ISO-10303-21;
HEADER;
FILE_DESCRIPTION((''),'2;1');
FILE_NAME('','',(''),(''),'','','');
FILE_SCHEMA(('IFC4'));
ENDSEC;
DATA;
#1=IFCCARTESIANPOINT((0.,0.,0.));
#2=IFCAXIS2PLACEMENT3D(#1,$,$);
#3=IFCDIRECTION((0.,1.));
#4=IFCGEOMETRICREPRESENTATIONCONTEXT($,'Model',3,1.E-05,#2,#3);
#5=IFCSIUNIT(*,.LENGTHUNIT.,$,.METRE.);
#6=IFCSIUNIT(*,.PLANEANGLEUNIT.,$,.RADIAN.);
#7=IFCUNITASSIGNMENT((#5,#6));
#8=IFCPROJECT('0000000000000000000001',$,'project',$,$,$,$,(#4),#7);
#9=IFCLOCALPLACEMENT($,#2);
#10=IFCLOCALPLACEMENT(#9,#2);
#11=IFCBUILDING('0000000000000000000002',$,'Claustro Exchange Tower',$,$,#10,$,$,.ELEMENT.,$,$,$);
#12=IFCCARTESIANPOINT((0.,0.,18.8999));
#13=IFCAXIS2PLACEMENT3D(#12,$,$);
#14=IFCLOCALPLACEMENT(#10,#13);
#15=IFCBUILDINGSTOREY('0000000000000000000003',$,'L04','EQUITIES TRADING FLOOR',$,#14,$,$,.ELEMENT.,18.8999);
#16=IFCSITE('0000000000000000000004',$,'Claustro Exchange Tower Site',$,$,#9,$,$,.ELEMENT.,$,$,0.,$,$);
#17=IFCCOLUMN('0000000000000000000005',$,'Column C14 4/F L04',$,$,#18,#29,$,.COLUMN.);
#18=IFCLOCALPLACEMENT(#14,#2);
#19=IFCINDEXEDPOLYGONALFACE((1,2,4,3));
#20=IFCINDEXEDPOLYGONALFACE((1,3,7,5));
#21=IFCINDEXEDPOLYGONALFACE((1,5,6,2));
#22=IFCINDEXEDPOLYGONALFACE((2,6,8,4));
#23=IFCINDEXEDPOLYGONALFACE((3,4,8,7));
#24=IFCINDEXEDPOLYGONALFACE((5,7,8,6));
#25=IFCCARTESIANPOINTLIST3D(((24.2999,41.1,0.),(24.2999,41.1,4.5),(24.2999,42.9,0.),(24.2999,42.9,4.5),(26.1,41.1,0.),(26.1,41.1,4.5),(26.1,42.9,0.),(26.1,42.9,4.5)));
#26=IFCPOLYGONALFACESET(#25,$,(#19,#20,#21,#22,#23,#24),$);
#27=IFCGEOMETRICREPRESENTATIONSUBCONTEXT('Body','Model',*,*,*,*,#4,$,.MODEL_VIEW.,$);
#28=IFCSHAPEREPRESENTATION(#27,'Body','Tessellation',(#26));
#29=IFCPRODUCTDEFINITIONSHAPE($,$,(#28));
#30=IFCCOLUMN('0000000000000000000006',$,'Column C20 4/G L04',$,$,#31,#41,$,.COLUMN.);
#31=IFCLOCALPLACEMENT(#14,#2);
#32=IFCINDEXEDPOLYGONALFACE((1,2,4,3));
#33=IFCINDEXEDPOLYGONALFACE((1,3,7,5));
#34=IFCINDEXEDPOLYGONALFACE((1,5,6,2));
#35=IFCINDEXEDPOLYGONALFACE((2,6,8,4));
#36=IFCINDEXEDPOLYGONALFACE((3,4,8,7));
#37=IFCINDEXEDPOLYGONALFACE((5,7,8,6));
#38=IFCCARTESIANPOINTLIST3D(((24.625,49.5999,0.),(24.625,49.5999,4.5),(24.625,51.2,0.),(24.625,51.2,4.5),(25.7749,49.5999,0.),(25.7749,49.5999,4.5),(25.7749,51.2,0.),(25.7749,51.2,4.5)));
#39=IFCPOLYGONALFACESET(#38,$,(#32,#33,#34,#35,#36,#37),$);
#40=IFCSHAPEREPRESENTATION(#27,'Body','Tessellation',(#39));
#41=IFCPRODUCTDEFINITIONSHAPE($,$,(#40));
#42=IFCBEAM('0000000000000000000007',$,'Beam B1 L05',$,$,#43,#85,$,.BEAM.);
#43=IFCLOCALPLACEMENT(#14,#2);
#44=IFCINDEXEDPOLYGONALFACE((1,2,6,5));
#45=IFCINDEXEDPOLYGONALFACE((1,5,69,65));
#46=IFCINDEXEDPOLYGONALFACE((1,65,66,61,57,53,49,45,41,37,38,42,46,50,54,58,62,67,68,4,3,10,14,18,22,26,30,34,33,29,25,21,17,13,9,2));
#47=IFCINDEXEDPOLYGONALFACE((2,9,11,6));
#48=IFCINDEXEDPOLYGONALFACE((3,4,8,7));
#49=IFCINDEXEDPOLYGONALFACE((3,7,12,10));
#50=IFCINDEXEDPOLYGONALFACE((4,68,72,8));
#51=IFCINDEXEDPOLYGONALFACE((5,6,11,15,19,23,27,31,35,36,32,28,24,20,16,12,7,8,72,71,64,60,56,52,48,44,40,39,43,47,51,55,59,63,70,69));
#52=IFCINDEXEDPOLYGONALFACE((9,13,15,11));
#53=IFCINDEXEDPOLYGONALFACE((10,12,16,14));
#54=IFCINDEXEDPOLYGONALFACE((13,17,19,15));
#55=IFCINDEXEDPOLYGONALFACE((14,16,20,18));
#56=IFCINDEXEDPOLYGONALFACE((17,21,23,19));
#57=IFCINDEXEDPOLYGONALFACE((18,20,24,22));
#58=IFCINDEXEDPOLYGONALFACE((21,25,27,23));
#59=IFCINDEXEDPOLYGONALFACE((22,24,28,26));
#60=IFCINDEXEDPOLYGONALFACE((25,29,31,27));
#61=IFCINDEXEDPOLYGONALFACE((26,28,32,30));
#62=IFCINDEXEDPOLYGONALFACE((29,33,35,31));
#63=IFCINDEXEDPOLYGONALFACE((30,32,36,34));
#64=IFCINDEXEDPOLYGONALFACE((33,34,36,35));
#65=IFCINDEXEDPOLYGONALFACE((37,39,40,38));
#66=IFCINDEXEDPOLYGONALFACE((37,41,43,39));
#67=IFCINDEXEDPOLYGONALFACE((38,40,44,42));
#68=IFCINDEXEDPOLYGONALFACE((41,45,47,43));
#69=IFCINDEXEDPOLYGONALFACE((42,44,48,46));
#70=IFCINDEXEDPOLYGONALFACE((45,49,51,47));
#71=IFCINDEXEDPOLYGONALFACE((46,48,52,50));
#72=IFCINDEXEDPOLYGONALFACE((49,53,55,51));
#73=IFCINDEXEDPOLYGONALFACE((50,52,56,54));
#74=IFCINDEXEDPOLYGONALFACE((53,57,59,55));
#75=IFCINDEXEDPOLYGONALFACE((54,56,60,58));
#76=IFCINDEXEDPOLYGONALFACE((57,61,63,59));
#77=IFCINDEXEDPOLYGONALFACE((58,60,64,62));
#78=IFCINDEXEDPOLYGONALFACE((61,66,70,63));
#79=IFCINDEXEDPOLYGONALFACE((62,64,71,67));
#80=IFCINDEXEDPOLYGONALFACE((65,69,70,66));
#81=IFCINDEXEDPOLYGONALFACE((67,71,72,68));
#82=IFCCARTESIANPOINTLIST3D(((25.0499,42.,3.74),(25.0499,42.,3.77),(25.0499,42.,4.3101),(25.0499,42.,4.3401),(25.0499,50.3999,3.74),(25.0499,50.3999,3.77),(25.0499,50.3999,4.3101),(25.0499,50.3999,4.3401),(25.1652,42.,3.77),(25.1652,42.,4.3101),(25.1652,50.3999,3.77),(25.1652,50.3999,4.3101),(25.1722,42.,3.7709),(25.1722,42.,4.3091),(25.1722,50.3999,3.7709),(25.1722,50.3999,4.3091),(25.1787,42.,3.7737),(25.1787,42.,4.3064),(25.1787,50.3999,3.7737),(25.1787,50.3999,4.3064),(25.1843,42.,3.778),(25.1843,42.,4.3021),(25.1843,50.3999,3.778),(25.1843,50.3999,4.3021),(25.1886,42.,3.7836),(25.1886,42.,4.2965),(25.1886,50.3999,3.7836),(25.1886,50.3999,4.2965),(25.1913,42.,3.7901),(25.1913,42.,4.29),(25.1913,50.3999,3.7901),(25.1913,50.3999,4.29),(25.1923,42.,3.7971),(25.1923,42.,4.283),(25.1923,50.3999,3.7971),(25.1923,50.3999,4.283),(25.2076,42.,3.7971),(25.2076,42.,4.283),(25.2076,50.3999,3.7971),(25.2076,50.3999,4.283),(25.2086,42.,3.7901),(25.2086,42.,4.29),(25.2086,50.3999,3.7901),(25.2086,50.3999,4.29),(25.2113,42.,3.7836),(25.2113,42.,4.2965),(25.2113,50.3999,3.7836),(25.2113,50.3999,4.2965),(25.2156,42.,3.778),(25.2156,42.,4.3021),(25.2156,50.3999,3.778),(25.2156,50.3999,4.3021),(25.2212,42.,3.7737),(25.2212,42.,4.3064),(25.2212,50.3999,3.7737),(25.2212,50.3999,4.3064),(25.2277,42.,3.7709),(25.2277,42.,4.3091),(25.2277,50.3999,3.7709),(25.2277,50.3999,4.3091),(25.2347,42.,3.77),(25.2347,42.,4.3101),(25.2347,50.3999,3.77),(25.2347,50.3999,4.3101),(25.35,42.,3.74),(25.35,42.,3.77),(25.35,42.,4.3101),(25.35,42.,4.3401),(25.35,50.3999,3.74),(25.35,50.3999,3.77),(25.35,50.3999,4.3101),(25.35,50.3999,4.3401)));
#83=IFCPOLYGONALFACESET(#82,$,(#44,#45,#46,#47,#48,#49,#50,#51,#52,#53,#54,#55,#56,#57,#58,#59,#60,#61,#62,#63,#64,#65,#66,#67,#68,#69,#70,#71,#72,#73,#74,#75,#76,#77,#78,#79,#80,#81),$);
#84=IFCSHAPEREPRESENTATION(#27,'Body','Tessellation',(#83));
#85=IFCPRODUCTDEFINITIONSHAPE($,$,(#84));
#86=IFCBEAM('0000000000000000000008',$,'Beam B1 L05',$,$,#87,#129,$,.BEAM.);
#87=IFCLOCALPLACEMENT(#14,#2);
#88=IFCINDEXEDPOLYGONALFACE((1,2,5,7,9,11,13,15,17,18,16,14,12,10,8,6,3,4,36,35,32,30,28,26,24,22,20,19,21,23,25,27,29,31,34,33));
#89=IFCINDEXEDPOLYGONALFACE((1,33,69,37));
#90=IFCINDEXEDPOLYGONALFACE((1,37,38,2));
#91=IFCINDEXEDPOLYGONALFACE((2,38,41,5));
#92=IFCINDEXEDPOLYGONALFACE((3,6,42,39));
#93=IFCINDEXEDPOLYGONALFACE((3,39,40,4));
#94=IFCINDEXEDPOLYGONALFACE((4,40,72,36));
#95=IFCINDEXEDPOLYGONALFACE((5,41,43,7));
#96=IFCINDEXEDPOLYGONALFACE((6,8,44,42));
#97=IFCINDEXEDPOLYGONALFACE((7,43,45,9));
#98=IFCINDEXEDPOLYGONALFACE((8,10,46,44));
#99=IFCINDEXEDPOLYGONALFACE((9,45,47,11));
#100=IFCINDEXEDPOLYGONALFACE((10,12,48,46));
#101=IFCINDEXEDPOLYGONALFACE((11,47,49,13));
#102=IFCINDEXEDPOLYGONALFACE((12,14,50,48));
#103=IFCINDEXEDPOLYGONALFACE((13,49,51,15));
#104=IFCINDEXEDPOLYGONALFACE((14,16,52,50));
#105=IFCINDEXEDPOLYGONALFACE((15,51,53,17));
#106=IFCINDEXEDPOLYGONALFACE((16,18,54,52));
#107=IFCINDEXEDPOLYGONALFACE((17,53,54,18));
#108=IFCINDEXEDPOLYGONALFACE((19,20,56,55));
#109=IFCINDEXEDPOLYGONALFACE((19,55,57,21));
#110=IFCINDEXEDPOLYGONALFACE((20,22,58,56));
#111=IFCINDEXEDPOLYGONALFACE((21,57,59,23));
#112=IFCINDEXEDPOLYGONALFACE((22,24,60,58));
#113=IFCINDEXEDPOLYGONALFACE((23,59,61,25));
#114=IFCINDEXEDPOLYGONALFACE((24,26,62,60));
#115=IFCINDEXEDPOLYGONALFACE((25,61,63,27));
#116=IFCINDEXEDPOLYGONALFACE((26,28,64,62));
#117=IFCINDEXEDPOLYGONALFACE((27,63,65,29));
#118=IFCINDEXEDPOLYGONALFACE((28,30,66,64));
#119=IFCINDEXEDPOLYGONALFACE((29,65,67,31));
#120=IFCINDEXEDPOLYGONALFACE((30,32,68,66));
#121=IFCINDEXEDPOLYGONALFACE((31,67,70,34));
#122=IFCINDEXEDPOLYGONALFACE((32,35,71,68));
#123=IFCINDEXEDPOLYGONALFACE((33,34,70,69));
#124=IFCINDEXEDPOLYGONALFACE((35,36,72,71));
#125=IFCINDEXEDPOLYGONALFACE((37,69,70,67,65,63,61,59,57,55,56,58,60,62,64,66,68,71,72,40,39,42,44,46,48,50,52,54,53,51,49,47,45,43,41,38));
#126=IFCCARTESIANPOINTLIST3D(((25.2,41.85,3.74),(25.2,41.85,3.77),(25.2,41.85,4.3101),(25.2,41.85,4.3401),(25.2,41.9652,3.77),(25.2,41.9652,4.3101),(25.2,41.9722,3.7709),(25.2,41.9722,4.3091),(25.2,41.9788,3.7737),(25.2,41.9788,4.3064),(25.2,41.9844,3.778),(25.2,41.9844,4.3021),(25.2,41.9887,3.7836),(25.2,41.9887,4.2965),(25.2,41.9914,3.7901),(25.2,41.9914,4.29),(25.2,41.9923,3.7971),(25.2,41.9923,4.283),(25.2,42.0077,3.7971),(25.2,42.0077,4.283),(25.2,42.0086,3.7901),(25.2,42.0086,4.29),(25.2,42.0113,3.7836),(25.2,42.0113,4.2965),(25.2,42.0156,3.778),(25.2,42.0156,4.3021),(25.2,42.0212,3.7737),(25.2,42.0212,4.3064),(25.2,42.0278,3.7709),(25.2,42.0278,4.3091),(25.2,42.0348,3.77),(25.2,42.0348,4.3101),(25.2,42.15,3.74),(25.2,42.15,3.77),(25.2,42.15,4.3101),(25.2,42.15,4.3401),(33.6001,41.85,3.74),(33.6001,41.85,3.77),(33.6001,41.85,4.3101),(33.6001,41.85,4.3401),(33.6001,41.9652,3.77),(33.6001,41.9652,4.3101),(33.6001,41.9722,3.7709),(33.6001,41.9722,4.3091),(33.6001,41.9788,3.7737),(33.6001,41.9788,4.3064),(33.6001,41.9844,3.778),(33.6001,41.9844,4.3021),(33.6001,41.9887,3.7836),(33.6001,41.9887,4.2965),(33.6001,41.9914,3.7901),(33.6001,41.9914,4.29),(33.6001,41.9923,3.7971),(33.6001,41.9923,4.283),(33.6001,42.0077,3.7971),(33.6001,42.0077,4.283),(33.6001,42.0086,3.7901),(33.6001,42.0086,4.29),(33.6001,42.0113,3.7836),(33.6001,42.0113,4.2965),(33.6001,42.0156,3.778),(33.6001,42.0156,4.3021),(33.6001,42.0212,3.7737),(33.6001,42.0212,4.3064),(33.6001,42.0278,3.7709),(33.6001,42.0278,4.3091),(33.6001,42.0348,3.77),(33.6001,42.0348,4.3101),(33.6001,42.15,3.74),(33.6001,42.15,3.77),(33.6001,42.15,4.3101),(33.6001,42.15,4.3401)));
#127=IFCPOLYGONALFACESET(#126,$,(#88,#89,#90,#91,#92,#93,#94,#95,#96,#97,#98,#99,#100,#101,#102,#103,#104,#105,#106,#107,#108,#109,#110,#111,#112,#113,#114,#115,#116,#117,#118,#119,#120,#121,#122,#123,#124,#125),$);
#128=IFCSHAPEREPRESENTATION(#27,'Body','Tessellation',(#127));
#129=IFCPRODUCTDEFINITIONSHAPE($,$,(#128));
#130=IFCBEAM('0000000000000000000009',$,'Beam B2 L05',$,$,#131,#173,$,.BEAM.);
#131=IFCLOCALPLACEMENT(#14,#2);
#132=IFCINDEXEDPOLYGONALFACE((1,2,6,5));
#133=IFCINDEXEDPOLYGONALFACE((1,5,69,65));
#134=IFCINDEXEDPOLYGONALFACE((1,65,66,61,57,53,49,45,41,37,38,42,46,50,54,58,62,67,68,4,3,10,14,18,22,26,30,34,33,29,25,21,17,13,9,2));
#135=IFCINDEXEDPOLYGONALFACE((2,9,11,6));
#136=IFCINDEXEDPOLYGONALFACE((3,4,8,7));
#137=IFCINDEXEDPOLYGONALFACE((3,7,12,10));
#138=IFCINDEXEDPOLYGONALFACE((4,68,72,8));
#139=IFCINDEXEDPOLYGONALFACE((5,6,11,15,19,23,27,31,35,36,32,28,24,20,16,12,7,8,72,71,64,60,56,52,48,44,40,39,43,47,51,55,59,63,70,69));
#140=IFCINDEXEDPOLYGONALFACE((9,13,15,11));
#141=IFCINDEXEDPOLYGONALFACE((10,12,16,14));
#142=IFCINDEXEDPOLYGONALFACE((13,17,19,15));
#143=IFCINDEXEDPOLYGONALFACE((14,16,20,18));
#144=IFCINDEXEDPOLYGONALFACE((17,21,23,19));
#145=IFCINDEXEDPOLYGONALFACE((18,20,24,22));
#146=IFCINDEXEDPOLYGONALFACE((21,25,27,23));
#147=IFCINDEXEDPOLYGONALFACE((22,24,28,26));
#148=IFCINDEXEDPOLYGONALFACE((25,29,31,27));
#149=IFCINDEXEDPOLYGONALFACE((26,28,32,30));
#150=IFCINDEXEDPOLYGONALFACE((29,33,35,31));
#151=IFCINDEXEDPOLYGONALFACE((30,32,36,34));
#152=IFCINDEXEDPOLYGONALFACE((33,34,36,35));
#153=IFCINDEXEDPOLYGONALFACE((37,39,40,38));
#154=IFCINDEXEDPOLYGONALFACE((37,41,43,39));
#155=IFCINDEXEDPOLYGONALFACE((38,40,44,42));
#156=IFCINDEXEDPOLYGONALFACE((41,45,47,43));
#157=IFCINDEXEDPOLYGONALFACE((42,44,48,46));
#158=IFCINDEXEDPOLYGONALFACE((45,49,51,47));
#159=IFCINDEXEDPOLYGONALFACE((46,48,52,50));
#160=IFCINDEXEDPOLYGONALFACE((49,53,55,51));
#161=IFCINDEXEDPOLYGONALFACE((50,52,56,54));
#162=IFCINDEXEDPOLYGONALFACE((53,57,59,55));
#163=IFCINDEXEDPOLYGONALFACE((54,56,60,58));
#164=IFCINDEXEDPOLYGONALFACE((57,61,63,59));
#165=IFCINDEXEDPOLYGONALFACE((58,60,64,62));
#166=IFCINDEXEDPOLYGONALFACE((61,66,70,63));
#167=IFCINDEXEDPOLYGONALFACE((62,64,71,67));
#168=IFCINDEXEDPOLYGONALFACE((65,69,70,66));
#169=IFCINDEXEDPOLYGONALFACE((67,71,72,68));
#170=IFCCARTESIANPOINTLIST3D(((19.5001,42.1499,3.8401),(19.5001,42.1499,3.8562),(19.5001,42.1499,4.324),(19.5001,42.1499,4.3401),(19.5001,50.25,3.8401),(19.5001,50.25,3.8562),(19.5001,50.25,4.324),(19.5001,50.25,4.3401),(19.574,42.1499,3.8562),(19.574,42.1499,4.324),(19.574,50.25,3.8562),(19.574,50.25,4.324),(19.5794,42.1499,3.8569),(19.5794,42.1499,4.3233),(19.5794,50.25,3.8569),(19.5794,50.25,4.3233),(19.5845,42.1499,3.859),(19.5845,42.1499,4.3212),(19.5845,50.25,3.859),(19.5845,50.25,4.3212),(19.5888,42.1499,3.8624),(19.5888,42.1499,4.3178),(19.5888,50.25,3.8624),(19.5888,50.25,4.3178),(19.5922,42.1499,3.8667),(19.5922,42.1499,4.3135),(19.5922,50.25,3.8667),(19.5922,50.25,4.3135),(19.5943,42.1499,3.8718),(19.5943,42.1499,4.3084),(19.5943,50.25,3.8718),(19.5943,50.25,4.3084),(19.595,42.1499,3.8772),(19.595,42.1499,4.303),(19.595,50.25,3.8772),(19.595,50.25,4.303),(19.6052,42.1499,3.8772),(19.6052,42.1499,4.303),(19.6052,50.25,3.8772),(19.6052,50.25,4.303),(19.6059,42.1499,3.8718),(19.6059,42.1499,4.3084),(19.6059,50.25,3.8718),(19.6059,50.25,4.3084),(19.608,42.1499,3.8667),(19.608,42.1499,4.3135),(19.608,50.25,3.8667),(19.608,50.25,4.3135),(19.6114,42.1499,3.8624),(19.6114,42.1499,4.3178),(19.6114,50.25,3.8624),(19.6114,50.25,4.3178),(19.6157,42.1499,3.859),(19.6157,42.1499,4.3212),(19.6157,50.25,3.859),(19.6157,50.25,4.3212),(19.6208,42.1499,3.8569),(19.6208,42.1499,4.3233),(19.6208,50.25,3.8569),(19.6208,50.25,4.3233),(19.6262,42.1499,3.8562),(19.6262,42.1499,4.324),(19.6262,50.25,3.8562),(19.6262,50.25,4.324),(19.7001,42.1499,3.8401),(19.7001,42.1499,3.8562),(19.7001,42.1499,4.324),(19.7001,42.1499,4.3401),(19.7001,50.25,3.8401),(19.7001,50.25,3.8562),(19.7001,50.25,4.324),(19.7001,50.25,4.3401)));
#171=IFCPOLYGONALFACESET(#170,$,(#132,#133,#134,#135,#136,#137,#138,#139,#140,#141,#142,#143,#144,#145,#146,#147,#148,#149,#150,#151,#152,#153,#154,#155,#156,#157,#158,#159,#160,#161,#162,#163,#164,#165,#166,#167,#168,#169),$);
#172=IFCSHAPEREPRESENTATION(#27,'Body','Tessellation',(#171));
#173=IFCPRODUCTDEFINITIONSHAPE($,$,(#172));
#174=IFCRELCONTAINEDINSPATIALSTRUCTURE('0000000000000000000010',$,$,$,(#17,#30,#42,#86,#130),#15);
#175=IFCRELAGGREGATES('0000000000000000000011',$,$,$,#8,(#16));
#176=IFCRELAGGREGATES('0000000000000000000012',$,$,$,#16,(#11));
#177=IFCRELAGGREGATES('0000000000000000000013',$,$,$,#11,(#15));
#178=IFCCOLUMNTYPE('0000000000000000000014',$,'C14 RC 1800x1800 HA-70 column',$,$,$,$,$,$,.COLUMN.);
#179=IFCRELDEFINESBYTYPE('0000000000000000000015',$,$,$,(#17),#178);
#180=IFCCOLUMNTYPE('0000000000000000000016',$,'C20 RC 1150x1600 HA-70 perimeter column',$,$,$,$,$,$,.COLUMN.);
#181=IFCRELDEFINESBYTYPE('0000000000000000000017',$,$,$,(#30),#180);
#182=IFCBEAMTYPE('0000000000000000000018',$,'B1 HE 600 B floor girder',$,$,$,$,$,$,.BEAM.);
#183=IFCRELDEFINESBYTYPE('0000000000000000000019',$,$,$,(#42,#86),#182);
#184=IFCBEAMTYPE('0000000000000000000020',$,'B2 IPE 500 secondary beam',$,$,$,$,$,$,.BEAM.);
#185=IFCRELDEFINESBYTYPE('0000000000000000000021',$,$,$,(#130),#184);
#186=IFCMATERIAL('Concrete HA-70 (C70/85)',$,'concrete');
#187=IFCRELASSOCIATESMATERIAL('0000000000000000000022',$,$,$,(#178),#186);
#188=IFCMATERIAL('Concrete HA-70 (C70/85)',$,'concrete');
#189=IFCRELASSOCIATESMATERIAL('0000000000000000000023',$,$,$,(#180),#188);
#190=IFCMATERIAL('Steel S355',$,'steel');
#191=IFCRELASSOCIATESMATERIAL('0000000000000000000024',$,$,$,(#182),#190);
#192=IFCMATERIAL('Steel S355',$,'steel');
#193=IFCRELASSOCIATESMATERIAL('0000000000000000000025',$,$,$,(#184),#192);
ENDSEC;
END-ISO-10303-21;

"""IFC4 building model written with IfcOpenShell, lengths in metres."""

from ifc_helpers import new_model, si_unit, direction, frame, origin, origin_2d, place, context, subcontext, project, spatial, rectangle, i_section, extrude, material, material_profile, profile_set, type_object, element, save


model = new_model("IFC4")

# Units and contexts
model_context = context("Model", 3, precision=1e-05, world=origin(), true_north=direction((0.0, 1.0)))
body_context = subcontext(model_context, "Body", "Model", "MODEL_VIEW")
ifc_project = project(units=[si_unit("LENGTHUNIT", "METRE"), si_unit("PLANEANGLEUNIT", "RADIAN")], contexts=[model_context])

# Site, building, storey
site_placement = place(None, origin())
site = spatial("IfcSite", under=ifc_project, at=site_placement, Name="Claustro Exchange Tower Site", CompositionType="ELEMENT", RefElevation=0.0)
building_placement = place(site_placement, origin())
building = spatial("IfcBuilding", under=site, at=building_placement, Name="Claustro Exchange Tower", CompositionType="ELEMENT")
storey_placement = place(building_placement, frame((0.0, 0.0, 18.8999)))
storey = spatial("IfcBuildingStorey", under=building, at=storey_placement, Name="L04", Description="EQUITIES TRADING FLOOR", CompositionType="ELEMENT", Elevation=18.8999)

# Columns
ifc_material_1 = material(Name="Concrete HA-70 (C70/85)", Category="concrete")
ifc_material_profile_1 = material_profile(ifc_material_1, rectangle(XDim=1.8, YDim=1.8, at=origin_2d()), Name="RC 1800x1800")
ifc_profile_set_1 = profile_set([ifc_material_profile_1], Name="Concrete HA-70 (C70/85)")
column_type_1 = type_object("IfcColumnType", Name="C14 RC 1800x1800 HA-70 column", PredefinedType="COLUMN", material=ifc_profile_set_1)
column_1_placement = place(storey_placement, frame((25.2, 42.0, 0.0), z_axis=(0.0, 0.0, 1.0), x_axis=(1.0, 0.0, 0.0)))
element("IfcColumn", 1, at=column_1_placement, inside=storey, type_object=column_type_1, Name="Column C14 4/F L04", PredefinedType="COLUMN", context=body_context, shape_type="SweptSolid", body=[
    extrude(rectangle(XDim=1.8, YDim=1.8, at=origin_2d()), origin(), (0.0, 0.0, 1.0), 4.5),
])
ifc_material_2 = material(Name="Concrete HA-70 (C70/85)", Category="concrete")
ifc_material_profile_2 = material_profile(ifc_material_2, rectangle(XDim=1.1499, YDim=1.6001, at=origin_2d()), Name="RC 1150x1600")
ifc_profile_set_2 = profile_set([ifc_material_profile_2], Name="Concrete HA-70 (C70/85)")
column_type_2 = type_object("IfcColumnType", Name="C20 RC 1150x1600 HA-70 perimeter column", PredefinedType="COLUMN", material=ifc_profile_set_2)
column_2_placement = place(storey_placement, frame((25.2, 50.3999, 0.0), z_axis=(0.0, 0.0, 1.0), x_axis=(1.0, 0.0, 0.0)))
element("IfcColumn", 2, at=column_2_placement, inside=storey, type_object=column_type_2, Name="Column C20 4/G L04", PredefinedType="COLUMN", context=body_context, shape_type="SweptSolid", body=[
    extrude(rectangle(XDim=1.1499, YDim=1.6001, at=origin_2d()), origin(), (0.0, 0.0, 1.0), 4.5),
])

# Beams
ifc_material_3 = material(Name="Steel S355", Category="steel")
ifc_material_profile_3 = material_profile(ifc_material_3, i_section(OverallWidth=0.3, OverallDepth=0.6001, WebThickness=0.0154, FlangeThickness=0.03, FilletRadius=0.0271, at=origin_2d()), Name="HE 600 B")
ifc_profile_set_3 = profile_set([ifc_material_profile_3], Name="Steel S355")
beam_type_1 = type_object("IfcBeamType", Name="B1 HE 600 B floor girder", PredefinedType="BEAM", material=ifc_profile_set_3)
beam_1_placement = place(storey_placement, frame((25.2, 42.0, 4.04), z_axis=(0.0, 1.0, 0.0), x_axis=(-1.0, 0.0, 0.0)))
element("IfcBeam", 3, at=beam_1_placement, inside=storey, type_object=beam_type_1, Name="Beam B1 L05", PredefinedType="BEAM", context=body_context, shape_type="SweptSolid", body=[
    extrude(i_section(OverallWidth=0.3, OverallDepth=0.6001, WebThickness=0.0154, FlangeThickness=0.03, FilletRadius=0.0271, at=origin_2d()), origin(), (0.0, 0.0, 1.0), 8.3999),
])
beam_2_placement = place(storey_placement, frame((25.2, 42.0, 4.04), z_axis=(1.0, 0.0, 0.0), x_axis=(0.0, 1.0, 0.0)))
element("IfcBeam", 4, at=beam_2_placement, inside=storey, type_object=beam_type_1, Name="Beam B1 L05", PredefinedType="BEAM", context=body_context, shape_type="SweptSolid", body=[
    extrude(i_section(OverallWidth=0.3, OverallDepth=0.6001, WebThickness=0.0154, FlangeThickness=0.03, FilletRadius=0.0271, at=origin_2d()), origin(), (0.0, 0.0, 1.0), 8.4001),
])
ifc_material_4 = material(Name="Steel S355", Category="steel")
ifc_material_profile_4 = material_profile(ifc_material_4, i_section(OverallWidth=0.2, OverallDepth=0.5, WebThickness=0.0103, FlangeThickness=0.0161, FilletRadius=0.021, at=origin_2d()), Name="IPE 500")
ifc_profile_set_4 = profile_set([ifc_material_profile_4], Name="Steel S355")
beam_type_2 = type_object("IfcBeamType", Name="B2 IPE 500 secondary beam", PredefinedType="BEAM", material=ifc_profile_set_4)
for number, where, z_axis, x_axis, name in (
    (5, (19.6001, 42.1499, 4.0901), (0.0, 1.0, 0.0), (-1.0, 0.0, 0.0), "Beam B2 L05"),
):
    element("IfcBeam", number, at=place(storey_placement, frame(where, z_axis=z_axis, x_axis=x_axis)), inside=storey, type_object=beam_type_2, Name=name, PredefinedType="BEAM", context=body_context, shape_type="SweptSolid", body=[
        extrude(i_section(OverallWidth=0.2, OverallDepth=0.5, WebThickness=0.0103, FlangeThickness=0.0161, FilletRadius=0.021, at=origin_2d()), origin(), (0.0, 0.0, 1.0), 8.1001),
    ])

save(model, "model.ifc")
